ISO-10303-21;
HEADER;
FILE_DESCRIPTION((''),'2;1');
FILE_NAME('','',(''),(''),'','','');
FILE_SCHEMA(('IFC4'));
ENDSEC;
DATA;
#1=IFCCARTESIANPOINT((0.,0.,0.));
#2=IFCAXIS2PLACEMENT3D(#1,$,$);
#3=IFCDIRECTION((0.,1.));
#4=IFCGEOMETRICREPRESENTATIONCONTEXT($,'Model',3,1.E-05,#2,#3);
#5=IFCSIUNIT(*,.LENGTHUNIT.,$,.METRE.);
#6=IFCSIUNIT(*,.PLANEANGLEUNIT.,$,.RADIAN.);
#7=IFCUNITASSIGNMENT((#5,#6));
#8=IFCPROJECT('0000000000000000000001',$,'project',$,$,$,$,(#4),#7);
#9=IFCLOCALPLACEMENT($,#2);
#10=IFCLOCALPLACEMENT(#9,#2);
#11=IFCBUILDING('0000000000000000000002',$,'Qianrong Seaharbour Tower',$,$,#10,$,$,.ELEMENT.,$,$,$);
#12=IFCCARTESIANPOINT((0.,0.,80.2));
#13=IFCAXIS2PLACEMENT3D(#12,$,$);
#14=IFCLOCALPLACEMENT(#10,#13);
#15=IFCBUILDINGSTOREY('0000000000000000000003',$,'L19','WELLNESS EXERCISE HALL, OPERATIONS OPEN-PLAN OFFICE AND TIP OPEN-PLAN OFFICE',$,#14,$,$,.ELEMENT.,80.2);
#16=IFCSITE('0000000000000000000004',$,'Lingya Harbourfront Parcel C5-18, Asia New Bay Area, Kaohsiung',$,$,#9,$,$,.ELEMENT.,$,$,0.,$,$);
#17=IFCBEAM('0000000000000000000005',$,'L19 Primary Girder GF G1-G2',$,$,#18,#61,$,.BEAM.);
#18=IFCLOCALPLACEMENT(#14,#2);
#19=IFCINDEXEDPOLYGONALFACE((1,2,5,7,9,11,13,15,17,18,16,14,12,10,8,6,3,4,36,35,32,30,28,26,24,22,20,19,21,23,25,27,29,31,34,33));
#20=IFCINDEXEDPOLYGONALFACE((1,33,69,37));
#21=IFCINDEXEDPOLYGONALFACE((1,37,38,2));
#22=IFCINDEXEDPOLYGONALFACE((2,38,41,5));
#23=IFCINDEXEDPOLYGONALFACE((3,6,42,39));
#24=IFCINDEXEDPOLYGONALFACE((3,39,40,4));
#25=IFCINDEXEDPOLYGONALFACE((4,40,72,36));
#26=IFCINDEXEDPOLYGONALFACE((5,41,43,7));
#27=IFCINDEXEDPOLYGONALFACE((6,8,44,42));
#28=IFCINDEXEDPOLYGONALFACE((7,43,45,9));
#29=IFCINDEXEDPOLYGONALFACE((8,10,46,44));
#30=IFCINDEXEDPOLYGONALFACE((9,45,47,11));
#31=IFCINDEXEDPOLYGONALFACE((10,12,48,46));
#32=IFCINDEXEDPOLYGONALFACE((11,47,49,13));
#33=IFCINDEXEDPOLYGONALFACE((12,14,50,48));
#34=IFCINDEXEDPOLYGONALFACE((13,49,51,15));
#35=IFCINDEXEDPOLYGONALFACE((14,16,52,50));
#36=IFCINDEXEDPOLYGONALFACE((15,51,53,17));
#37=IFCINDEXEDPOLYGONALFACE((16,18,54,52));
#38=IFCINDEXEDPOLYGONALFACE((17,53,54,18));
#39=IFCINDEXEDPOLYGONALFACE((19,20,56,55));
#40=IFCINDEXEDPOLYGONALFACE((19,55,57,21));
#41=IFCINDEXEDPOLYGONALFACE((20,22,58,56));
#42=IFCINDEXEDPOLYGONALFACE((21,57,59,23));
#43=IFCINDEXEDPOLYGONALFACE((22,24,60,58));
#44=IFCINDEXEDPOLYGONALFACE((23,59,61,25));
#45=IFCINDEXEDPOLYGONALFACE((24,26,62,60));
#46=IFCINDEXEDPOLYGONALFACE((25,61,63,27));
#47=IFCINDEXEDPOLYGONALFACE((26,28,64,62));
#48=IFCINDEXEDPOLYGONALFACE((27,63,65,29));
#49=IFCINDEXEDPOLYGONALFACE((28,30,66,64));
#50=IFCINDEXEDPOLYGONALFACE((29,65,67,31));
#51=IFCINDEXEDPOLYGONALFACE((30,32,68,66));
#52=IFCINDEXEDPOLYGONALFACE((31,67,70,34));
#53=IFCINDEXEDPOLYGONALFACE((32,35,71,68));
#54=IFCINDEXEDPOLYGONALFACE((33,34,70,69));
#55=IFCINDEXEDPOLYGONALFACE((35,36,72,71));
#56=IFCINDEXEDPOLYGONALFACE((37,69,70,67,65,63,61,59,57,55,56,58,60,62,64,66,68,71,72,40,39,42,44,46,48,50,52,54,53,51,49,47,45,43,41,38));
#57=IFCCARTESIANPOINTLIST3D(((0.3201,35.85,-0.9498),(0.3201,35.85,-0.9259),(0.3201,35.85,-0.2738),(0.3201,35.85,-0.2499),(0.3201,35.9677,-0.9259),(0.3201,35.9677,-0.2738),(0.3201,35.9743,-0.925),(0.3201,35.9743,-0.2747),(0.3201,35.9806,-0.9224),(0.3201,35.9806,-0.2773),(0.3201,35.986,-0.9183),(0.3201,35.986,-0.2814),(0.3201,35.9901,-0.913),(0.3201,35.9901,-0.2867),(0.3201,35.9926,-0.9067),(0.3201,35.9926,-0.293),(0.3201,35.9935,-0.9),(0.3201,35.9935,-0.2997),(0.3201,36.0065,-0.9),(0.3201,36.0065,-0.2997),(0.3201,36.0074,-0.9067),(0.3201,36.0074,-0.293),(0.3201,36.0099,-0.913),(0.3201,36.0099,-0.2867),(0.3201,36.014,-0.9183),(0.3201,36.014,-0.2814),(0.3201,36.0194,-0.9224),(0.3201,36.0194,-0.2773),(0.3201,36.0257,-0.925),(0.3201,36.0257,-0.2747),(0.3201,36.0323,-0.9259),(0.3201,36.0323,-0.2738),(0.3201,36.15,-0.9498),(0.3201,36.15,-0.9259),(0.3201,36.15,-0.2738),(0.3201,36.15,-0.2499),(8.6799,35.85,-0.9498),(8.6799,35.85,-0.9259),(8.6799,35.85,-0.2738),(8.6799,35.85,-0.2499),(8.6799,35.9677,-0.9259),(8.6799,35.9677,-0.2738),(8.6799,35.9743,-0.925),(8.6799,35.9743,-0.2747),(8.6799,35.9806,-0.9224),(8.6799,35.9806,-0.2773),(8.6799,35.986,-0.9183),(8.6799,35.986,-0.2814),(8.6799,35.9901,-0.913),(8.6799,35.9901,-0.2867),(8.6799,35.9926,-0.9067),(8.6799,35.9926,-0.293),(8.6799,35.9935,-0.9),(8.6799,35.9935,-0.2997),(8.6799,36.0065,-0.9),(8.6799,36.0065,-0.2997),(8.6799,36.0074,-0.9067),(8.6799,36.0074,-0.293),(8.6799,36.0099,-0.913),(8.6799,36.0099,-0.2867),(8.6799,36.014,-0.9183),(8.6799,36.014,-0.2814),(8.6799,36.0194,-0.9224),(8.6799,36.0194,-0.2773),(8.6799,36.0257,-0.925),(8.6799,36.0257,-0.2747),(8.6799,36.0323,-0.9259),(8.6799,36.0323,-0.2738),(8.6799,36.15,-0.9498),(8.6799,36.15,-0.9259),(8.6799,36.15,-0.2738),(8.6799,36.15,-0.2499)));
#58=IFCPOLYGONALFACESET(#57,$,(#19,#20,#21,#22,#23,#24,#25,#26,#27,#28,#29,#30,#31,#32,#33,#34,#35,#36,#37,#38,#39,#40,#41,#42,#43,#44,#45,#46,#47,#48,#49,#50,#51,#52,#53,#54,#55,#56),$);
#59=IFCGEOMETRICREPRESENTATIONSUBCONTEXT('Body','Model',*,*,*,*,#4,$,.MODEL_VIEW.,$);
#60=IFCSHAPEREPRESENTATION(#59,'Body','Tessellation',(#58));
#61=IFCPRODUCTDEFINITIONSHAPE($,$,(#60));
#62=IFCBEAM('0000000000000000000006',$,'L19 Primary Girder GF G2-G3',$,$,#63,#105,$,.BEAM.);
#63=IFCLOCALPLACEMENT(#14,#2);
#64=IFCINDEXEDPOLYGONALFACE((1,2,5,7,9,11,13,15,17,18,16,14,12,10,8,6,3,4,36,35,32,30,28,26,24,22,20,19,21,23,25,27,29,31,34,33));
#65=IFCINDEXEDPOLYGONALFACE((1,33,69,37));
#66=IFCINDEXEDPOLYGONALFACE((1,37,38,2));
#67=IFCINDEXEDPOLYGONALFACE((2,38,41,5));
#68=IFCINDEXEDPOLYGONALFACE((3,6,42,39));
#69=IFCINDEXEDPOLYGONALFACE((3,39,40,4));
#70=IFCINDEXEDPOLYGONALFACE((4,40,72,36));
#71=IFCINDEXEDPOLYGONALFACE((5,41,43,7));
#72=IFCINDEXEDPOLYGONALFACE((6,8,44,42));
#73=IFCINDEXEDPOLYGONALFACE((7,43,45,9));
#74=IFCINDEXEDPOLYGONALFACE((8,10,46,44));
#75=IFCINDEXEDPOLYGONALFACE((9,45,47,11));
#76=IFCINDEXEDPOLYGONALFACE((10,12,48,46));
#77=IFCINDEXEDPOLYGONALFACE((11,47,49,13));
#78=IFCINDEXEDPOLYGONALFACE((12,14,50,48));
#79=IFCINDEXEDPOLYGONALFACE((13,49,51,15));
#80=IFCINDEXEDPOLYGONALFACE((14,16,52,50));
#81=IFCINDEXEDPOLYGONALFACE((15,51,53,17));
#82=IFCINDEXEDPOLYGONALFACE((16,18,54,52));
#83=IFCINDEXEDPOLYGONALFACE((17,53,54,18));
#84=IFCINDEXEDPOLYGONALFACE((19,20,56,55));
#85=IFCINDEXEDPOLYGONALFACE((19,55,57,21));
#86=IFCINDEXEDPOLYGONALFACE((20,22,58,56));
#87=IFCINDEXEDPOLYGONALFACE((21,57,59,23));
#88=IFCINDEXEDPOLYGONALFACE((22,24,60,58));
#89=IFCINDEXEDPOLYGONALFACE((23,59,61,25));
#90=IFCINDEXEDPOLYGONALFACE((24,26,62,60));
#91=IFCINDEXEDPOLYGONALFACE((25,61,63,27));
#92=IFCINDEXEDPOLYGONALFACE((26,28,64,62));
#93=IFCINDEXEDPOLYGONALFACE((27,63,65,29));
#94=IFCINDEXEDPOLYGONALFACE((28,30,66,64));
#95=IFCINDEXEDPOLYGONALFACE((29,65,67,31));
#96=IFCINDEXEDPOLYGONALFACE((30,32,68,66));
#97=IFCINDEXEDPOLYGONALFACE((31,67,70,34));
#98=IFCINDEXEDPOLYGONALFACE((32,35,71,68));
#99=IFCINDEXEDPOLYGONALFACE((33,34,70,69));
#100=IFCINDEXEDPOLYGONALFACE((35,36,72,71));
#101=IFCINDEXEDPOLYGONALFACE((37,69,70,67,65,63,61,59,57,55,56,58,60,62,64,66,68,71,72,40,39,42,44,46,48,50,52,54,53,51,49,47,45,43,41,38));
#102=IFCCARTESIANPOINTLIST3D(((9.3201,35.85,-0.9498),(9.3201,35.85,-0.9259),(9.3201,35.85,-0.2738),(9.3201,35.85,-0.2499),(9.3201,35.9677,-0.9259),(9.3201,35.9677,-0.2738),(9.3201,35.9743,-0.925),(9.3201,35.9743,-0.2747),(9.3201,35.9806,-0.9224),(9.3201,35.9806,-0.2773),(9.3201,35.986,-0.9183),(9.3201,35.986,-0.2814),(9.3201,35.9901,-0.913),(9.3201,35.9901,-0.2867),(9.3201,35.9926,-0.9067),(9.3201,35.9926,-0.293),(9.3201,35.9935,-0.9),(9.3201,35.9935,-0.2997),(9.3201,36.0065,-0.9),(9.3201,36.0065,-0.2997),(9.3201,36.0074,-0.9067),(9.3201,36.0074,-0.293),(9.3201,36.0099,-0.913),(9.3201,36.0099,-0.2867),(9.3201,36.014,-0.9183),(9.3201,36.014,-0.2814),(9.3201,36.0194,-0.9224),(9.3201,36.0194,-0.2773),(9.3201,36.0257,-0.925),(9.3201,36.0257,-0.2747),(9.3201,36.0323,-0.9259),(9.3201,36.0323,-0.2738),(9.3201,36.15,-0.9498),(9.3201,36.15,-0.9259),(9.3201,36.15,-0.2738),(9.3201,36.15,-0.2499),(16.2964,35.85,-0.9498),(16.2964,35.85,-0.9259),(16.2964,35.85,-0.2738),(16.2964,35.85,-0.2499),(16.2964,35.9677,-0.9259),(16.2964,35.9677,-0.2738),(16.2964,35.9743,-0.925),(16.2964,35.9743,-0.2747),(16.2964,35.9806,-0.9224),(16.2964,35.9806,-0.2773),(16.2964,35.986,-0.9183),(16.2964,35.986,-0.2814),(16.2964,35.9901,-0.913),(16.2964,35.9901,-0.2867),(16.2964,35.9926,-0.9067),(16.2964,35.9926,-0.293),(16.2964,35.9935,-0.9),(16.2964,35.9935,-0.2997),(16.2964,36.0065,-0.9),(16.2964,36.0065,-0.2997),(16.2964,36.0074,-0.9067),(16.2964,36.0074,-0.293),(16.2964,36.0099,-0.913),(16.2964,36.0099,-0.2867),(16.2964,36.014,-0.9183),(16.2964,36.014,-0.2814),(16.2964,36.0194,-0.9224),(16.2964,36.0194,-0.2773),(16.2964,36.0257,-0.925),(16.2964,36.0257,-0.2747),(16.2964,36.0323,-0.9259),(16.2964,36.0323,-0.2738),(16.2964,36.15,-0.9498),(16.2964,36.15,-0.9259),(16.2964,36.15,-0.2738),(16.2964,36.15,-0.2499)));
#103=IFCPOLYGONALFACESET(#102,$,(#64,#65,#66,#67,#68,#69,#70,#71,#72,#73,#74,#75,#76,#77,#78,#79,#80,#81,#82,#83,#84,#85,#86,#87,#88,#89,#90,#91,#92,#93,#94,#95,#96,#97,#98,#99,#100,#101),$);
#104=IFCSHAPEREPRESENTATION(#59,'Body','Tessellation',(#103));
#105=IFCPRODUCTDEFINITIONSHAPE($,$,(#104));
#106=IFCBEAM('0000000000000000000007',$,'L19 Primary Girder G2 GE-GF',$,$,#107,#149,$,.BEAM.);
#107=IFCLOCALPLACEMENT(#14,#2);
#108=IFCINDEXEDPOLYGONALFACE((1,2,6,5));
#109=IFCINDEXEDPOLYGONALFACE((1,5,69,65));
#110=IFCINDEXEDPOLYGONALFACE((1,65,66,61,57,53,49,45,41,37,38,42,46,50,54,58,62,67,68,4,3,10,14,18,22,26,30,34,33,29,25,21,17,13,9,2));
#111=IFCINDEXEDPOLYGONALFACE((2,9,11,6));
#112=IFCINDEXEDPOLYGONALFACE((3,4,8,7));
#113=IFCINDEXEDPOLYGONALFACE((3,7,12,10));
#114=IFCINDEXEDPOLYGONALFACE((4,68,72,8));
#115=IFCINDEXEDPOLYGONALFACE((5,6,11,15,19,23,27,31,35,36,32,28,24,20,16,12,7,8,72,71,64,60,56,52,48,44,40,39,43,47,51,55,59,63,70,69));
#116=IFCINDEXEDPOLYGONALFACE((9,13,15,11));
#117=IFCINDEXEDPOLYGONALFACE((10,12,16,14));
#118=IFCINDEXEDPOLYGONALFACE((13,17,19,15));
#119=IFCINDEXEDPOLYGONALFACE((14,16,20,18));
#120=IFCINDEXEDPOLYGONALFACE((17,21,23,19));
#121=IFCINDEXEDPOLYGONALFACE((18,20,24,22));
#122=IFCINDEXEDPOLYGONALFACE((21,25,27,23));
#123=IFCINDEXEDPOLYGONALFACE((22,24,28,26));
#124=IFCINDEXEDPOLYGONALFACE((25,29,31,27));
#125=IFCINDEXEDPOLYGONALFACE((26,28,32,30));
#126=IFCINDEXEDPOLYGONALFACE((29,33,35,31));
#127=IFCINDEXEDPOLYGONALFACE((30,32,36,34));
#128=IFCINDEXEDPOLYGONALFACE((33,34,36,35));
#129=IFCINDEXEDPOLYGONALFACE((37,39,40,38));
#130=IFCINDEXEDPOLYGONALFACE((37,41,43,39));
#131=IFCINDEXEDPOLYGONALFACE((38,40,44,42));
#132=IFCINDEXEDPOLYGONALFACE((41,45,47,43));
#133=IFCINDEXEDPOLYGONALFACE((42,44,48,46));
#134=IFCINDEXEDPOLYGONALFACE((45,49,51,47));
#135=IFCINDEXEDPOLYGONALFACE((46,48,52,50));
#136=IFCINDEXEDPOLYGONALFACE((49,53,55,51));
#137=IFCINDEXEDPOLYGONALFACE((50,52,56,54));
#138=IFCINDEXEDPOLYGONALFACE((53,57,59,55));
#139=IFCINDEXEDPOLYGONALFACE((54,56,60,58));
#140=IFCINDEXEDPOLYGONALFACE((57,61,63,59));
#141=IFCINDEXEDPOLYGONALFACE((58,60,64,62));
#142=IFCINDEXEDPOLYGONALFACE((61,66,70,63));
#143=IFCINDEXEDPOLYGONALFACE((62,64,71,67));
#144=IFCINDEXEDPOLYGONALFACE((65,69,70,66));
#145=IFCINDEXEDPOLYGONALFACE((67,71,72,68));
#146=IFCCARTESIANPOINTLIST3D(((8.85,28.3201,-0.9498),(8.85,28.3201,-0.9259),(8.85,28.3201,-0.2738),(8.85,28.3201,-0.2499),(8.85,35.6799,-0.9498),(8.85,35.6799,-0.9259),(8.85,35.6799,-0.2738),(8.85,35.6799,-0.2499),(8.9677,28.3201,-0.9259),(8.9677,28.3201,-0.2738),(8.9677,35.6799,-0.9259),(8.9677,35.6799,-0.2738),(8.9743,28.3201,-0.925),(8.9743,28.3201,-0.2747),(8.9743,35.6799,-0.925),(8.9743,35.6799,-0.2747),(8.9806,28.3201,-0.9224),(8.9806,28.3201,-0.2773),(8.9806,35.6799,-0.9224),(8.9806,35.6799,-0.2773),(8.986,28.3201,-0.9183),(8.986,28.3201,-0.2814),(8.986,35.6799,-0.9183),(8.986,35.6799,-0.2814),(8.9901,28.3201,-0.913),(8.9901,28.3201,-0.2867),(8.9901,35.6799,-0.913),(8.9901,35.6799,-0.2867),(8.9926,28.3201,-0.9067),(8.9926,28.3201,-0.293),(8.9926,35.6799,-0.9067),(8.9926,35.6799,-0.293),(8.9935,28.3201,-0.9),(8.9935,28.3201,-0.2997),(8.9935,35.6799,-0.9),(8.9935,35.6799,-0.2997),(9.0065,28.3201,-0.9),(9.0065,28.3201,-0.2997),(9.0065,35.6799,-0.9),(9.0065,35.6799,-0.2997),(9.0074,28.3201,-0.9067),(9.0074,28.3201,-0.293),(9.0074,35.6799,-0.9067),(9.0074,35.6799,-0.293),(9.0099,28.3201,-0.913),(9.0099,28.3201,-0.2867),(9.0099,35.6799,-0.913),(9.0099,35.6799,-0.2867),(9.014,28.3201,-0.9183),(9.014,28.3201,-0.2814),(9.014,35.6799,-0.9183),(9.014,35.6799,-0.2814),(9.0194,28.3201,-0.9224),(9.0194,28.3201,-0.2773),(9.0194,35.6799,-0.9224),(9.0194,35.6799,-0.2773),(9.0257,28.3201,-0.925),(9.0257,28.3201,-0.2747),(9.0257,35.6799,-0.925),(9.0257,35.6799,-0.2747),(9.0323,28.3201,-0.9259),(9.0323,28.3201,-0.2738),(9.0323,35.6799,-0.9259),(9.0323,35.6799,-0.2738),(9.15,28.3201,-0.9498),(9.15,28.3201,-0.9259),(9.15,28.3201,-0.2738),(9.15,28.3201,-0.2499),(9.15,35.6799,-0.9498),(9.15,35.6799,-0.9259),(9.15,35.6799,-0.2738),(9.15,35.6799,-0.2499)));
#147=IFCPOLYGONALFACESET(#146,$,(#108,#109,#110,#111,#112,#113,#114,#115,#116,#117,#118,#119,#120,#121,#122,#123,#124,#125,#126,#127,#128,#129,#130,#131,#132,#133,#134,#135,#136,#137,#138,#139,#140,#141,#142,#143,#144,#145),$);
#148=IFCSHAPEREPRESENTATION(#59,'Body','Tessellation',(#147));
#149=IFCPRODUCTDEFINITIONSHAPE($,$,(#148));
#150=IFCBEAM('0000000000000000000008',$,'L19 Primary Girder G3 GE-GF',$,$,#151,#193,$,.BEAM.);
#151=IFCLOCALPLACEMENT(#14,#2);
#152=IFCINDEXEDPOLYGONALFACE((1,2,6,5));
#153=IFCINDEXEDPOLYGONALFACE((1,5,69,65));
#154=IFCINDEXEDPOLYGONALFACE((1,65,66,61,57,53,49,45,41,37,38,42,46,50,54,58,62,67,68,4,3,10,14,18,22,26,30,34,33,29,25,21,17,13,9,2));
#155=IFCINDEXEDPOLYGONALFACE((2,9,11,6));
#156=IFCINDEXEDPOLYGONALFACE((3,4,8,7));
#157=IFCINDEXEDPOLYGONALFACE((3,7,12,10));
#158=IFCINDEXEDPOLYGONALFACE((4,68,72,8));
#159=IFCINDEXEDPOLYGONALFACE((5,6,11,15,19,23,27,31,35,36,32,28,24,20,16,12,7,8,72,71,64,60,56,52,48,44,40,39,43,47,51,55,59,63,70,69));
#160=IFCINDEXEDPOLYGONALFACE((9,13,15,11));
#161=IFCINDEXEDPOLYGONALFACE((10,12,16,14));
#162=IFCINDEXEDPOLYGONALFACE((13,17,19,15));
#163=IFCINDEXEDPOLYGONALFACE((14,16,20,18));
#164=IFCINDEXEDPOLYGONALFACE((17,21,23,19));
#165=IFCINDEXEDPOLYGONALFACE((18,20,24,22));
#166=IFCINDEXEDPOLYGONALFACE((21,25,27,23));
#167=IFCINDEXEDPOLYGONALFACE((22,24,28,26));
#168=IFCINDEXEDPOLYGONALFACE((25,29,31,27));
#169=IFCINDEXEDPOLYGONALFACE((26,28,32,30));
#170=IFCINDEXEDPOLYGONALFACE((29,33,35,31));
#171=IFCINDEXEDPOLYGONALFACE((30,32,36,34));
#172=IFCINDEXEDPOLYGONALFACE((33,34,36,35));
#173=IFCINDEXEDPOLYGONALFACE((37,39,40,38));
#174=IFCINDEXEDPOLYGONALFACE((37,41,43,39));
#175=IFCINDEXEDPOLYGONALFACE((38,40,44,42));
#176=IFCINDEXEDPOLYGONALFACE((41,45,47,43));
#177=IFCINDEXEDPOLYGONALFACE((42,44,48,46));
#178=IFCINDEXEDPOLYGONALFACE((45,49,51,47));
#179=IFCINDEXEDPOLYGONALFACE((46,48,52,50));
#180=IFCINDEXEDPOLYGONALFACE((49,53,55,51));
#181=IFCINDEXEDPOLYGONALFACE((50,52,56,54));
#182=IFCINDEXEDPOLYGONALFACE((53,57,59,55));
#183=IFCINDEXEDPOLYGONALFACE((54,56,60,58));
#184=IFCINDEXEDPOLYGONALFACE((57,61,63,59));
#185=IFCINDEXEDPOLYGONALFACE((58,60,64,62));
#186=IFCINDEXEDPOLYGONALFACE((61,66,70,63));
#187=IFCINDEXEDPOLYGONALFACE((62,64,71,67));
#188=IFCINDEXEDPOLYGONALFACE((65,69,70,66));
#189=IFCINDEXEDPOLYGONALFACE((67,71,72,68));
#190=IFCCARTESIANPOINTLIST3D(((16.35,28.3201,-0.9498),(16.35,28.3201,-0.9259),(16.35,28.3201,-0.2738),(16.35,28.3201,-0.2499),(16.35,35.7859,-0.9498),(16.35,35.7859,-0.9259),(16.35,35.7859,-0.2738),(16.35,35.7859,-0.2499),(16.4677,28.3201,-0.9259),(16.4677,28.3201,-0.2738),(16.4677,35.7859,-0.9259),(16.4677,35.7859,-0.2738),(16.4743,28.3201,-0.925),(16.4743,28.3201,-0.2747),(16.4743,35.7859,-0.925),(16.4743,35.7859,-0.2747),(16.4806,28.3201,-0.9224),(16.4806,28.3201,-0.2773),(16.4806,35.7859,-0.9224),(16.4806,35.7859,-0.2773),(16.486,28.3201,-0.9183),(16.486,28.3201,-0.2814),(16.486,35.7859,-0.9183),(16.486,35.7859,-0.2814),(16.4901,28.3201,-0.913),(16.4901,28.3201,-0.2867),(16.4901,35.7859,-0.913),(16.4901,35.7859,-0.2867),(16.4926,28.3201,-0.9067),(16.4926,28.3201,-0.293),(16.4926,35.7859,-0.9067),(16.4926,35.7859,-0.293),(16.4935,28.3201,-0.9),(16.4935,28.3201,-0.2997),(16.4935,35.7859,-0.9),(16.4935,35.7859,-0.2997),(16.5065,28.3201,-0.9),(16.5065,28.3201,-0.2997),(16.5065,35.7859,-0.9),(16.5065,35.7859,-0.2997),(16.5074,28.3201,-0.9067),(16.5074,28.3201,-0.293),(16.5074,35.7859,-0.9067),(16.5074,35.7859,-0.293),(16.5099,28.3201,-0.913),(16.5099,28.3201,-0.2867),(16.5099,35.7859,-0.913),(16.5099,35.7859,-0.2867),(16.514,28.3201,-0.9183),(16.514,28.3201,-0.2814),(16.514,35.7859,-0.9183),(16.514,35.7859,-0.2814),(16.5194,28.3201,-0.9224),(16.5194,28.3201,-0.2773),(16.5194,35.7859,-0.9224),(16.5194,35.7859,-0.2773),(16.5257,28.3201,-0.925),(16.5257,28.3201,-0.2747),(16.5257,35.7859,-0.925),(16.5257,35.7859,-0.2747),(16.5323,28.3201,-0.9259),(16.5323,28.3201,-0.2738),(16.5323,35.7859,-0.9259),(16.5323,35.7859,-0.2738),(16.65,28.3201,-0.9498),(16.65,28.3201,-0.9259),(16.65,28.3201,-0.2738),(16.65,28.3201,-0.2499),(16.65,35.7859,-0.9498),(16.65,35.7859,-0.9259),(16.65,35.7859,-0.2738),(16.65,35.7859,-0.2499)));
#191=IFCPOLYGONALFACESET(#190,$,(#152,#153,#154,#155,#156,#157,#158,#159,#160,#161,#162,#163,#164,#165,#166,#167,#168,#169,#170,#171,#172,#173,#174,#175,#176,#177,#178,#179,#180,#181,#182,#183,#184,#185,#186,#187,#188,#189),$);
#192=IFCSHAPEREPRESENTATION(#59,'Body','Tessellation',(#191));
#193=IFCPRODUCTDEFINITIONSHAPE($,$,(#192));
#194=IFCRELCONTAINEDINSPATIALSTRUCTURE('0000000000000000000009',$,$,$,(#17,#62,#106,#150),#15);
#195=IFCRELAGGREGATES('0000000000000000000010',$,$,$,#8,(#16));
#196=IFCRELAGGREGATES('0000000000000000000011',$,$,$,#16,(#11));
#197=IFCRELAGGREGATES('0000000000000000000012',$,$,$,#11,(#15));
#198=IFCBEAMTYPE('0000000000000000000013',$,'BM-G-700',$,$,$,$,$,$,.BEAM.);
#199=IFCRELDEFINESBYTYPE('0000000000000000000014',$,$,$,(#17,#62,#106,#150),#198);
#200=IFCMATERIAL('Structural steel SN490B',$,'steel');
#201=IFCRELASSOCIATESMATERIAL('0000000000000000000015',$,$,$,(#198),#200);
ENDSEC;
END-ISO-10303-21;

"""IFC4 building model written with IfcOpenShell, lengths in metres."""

from ifc_helpers import new_model, si_unit, direction, frame, origin, origin_2d, place, context, subcontext, project, spatial, i_section, extrude, material, material_profile, profile_set, type_object, element, save


model = new_model("IFC4")

# Units and contexts
model_context = context("Model", 3, precision=1e-05, world=origin(), true_north=direction((0.0, 1.0)))
body_context = subcontext(model_context, "Body", "Model", "MODEL_VIEW")
ifc_project = project(units=[si_unit("LENGTHUNIT", "METRE"), si_unit("PLANEANGLEUNIT", "RADIAN")], contexts=[model_context])

# Site, building, storey
site_placement = place(None, origin())
site = spatial("IfcSite", under=ifc_project, at=site_placement, Name="Lingya Harbourfront Parcel C5-18, Asia New Bay Area, Kaohsiung", CompositionType="ELEMENT", RefElevation=0.0)
building_placement = place(site_placement, origin())
building = spatial("IfcBuilding", under=site, at=building_placement, Name="Qianrong Seaharbour Tower", CompositionType="ELEMENT")
storey_placement = place(building_placement, frame((0.0, 0.0, 80.2)))
storey = spatial("IfcBuildingStorey", under=building, at=storey_placement, Name="L19", Description="WELLNESS EXERCISE HALL, OPERATIONS OPEN-PLAN OFFICE AND TIP OPEN-PLAN OFFICE", CompositionType="ELEMENT", Elevation=80.2)

# Shared definitions
ifc_material_1 = material(Name="Structural steel SN490B", Category="steel")

# Beams
ifc_material_profile_1 = material_profile(ifc_material_1, i_section(OverallWidth=0.3, OverallDepth=0.7, WebThickness=0.0129, FlangeThickness=0.0239, FilletRadius=0.0259, at=origin_2d()), Name="H700x300x13x24")
ifc_profile_set_1 = profile_set([ifc_material_profile_1], Name="Structural steel SN490B")
beam_type_1 = type_object("IfcBeamType", Name="BM-G-700", PredefinedType="BEAM", material=ifc_profile_set_1)
beam_1_placement = place(storey_placement, frame((0.3201, 36.0, -0.5999), z_axis=(1.0, 0.0, 0.0), x_axis=(0.0, 1.0, 0.0)))
element("IfcBeam", 1, at=beam_1_placement, inside=storey, type_object=beam_type_1, Name="L19 Primary Girder GF G1-G2", PredefinedType="BEAM", context=body_context, shape_type="SweptSolid", body=[
    extrude(i_section(OverallWidth=0.3, OverallDepth=0.7, WebThickness=0.0129, FlangeThickness=0.0239, FilletRadius=0.0259, at=origin_2d()), origin(), (0.0, 0.0, 1.0), 8.3599),
])
beam_2_placement = place(storey_placement, frame((9.3201, 36.0, -0.5999), z_axis=(1.0, 0.0, 0.0), x_axis=(0.0, 1.0, 0.0)))
element("IfcBeam", 2, at=beam_2_placement, inside=storey, type_object=beam_type_1, Name="L19 Primary Girder GF G2-G3", PredefinedType="BEAM", context=body_context, shape_type="SweptSolid", body=[
    extrude(i_section(OverallWidth=0.3, OverallDepth=0.7, WebThickness=0.0129, FlangeThickness=0.0239, FilletRadius=0.0259, at=origin_2d()), origin(), (0.0, 0.0, 1.0), 6.9763),
])
beam_3_placement = place(storey_placement, frame((9.0, 28.3201, -0.5999), z_axis=(0.0, 1.0, 0.0), x_axis=(-1.0, 0.0, 0.0)))
element("IfcBeam", 3, at=beam_3_placement, inside=storey, type_object=beam_type_1, Name="L19 Primary Girder G2 GE-GF", PredefinedType="BEAM", context=body_context, shape_type="SweptSolid", body=[
    extrude(i_section(OverallWidth=0.3, OverallDepth=0.7, WebThickness=0.0129, FlangeThickness=0.0239, FilletRadius=0.0259, at=origin_2d()), origin(), (0.0, 0.0, 1.0), 7.3599),
])
beam_4_placement = place(storey_placement, frame((16.5, 28.3201, -0.5999), z_axis=(0.0, 1.0, 0.0), x_axis=(-1.0, 0.0, 0.0)))
element("IfcBeam", 4, at=beam_4_placement, inside=storey, type_object=beam_type_1, Name="L19 Primary Girder G3 GE-GF", PredefinedType="BEAM", context=body_context, shape_type="SweptSolid", body=[
    extrude(i_section(OverallWidth=0.3, OverallDepth=0.7, WebThickness=0.0129, FlangeThickness=0.0239, FilletRadius=0.0259, at=origin_2d()), origin(), (0.0, 0.0, 1.0), 7.4658),
])

save(model, "model.ifc")
